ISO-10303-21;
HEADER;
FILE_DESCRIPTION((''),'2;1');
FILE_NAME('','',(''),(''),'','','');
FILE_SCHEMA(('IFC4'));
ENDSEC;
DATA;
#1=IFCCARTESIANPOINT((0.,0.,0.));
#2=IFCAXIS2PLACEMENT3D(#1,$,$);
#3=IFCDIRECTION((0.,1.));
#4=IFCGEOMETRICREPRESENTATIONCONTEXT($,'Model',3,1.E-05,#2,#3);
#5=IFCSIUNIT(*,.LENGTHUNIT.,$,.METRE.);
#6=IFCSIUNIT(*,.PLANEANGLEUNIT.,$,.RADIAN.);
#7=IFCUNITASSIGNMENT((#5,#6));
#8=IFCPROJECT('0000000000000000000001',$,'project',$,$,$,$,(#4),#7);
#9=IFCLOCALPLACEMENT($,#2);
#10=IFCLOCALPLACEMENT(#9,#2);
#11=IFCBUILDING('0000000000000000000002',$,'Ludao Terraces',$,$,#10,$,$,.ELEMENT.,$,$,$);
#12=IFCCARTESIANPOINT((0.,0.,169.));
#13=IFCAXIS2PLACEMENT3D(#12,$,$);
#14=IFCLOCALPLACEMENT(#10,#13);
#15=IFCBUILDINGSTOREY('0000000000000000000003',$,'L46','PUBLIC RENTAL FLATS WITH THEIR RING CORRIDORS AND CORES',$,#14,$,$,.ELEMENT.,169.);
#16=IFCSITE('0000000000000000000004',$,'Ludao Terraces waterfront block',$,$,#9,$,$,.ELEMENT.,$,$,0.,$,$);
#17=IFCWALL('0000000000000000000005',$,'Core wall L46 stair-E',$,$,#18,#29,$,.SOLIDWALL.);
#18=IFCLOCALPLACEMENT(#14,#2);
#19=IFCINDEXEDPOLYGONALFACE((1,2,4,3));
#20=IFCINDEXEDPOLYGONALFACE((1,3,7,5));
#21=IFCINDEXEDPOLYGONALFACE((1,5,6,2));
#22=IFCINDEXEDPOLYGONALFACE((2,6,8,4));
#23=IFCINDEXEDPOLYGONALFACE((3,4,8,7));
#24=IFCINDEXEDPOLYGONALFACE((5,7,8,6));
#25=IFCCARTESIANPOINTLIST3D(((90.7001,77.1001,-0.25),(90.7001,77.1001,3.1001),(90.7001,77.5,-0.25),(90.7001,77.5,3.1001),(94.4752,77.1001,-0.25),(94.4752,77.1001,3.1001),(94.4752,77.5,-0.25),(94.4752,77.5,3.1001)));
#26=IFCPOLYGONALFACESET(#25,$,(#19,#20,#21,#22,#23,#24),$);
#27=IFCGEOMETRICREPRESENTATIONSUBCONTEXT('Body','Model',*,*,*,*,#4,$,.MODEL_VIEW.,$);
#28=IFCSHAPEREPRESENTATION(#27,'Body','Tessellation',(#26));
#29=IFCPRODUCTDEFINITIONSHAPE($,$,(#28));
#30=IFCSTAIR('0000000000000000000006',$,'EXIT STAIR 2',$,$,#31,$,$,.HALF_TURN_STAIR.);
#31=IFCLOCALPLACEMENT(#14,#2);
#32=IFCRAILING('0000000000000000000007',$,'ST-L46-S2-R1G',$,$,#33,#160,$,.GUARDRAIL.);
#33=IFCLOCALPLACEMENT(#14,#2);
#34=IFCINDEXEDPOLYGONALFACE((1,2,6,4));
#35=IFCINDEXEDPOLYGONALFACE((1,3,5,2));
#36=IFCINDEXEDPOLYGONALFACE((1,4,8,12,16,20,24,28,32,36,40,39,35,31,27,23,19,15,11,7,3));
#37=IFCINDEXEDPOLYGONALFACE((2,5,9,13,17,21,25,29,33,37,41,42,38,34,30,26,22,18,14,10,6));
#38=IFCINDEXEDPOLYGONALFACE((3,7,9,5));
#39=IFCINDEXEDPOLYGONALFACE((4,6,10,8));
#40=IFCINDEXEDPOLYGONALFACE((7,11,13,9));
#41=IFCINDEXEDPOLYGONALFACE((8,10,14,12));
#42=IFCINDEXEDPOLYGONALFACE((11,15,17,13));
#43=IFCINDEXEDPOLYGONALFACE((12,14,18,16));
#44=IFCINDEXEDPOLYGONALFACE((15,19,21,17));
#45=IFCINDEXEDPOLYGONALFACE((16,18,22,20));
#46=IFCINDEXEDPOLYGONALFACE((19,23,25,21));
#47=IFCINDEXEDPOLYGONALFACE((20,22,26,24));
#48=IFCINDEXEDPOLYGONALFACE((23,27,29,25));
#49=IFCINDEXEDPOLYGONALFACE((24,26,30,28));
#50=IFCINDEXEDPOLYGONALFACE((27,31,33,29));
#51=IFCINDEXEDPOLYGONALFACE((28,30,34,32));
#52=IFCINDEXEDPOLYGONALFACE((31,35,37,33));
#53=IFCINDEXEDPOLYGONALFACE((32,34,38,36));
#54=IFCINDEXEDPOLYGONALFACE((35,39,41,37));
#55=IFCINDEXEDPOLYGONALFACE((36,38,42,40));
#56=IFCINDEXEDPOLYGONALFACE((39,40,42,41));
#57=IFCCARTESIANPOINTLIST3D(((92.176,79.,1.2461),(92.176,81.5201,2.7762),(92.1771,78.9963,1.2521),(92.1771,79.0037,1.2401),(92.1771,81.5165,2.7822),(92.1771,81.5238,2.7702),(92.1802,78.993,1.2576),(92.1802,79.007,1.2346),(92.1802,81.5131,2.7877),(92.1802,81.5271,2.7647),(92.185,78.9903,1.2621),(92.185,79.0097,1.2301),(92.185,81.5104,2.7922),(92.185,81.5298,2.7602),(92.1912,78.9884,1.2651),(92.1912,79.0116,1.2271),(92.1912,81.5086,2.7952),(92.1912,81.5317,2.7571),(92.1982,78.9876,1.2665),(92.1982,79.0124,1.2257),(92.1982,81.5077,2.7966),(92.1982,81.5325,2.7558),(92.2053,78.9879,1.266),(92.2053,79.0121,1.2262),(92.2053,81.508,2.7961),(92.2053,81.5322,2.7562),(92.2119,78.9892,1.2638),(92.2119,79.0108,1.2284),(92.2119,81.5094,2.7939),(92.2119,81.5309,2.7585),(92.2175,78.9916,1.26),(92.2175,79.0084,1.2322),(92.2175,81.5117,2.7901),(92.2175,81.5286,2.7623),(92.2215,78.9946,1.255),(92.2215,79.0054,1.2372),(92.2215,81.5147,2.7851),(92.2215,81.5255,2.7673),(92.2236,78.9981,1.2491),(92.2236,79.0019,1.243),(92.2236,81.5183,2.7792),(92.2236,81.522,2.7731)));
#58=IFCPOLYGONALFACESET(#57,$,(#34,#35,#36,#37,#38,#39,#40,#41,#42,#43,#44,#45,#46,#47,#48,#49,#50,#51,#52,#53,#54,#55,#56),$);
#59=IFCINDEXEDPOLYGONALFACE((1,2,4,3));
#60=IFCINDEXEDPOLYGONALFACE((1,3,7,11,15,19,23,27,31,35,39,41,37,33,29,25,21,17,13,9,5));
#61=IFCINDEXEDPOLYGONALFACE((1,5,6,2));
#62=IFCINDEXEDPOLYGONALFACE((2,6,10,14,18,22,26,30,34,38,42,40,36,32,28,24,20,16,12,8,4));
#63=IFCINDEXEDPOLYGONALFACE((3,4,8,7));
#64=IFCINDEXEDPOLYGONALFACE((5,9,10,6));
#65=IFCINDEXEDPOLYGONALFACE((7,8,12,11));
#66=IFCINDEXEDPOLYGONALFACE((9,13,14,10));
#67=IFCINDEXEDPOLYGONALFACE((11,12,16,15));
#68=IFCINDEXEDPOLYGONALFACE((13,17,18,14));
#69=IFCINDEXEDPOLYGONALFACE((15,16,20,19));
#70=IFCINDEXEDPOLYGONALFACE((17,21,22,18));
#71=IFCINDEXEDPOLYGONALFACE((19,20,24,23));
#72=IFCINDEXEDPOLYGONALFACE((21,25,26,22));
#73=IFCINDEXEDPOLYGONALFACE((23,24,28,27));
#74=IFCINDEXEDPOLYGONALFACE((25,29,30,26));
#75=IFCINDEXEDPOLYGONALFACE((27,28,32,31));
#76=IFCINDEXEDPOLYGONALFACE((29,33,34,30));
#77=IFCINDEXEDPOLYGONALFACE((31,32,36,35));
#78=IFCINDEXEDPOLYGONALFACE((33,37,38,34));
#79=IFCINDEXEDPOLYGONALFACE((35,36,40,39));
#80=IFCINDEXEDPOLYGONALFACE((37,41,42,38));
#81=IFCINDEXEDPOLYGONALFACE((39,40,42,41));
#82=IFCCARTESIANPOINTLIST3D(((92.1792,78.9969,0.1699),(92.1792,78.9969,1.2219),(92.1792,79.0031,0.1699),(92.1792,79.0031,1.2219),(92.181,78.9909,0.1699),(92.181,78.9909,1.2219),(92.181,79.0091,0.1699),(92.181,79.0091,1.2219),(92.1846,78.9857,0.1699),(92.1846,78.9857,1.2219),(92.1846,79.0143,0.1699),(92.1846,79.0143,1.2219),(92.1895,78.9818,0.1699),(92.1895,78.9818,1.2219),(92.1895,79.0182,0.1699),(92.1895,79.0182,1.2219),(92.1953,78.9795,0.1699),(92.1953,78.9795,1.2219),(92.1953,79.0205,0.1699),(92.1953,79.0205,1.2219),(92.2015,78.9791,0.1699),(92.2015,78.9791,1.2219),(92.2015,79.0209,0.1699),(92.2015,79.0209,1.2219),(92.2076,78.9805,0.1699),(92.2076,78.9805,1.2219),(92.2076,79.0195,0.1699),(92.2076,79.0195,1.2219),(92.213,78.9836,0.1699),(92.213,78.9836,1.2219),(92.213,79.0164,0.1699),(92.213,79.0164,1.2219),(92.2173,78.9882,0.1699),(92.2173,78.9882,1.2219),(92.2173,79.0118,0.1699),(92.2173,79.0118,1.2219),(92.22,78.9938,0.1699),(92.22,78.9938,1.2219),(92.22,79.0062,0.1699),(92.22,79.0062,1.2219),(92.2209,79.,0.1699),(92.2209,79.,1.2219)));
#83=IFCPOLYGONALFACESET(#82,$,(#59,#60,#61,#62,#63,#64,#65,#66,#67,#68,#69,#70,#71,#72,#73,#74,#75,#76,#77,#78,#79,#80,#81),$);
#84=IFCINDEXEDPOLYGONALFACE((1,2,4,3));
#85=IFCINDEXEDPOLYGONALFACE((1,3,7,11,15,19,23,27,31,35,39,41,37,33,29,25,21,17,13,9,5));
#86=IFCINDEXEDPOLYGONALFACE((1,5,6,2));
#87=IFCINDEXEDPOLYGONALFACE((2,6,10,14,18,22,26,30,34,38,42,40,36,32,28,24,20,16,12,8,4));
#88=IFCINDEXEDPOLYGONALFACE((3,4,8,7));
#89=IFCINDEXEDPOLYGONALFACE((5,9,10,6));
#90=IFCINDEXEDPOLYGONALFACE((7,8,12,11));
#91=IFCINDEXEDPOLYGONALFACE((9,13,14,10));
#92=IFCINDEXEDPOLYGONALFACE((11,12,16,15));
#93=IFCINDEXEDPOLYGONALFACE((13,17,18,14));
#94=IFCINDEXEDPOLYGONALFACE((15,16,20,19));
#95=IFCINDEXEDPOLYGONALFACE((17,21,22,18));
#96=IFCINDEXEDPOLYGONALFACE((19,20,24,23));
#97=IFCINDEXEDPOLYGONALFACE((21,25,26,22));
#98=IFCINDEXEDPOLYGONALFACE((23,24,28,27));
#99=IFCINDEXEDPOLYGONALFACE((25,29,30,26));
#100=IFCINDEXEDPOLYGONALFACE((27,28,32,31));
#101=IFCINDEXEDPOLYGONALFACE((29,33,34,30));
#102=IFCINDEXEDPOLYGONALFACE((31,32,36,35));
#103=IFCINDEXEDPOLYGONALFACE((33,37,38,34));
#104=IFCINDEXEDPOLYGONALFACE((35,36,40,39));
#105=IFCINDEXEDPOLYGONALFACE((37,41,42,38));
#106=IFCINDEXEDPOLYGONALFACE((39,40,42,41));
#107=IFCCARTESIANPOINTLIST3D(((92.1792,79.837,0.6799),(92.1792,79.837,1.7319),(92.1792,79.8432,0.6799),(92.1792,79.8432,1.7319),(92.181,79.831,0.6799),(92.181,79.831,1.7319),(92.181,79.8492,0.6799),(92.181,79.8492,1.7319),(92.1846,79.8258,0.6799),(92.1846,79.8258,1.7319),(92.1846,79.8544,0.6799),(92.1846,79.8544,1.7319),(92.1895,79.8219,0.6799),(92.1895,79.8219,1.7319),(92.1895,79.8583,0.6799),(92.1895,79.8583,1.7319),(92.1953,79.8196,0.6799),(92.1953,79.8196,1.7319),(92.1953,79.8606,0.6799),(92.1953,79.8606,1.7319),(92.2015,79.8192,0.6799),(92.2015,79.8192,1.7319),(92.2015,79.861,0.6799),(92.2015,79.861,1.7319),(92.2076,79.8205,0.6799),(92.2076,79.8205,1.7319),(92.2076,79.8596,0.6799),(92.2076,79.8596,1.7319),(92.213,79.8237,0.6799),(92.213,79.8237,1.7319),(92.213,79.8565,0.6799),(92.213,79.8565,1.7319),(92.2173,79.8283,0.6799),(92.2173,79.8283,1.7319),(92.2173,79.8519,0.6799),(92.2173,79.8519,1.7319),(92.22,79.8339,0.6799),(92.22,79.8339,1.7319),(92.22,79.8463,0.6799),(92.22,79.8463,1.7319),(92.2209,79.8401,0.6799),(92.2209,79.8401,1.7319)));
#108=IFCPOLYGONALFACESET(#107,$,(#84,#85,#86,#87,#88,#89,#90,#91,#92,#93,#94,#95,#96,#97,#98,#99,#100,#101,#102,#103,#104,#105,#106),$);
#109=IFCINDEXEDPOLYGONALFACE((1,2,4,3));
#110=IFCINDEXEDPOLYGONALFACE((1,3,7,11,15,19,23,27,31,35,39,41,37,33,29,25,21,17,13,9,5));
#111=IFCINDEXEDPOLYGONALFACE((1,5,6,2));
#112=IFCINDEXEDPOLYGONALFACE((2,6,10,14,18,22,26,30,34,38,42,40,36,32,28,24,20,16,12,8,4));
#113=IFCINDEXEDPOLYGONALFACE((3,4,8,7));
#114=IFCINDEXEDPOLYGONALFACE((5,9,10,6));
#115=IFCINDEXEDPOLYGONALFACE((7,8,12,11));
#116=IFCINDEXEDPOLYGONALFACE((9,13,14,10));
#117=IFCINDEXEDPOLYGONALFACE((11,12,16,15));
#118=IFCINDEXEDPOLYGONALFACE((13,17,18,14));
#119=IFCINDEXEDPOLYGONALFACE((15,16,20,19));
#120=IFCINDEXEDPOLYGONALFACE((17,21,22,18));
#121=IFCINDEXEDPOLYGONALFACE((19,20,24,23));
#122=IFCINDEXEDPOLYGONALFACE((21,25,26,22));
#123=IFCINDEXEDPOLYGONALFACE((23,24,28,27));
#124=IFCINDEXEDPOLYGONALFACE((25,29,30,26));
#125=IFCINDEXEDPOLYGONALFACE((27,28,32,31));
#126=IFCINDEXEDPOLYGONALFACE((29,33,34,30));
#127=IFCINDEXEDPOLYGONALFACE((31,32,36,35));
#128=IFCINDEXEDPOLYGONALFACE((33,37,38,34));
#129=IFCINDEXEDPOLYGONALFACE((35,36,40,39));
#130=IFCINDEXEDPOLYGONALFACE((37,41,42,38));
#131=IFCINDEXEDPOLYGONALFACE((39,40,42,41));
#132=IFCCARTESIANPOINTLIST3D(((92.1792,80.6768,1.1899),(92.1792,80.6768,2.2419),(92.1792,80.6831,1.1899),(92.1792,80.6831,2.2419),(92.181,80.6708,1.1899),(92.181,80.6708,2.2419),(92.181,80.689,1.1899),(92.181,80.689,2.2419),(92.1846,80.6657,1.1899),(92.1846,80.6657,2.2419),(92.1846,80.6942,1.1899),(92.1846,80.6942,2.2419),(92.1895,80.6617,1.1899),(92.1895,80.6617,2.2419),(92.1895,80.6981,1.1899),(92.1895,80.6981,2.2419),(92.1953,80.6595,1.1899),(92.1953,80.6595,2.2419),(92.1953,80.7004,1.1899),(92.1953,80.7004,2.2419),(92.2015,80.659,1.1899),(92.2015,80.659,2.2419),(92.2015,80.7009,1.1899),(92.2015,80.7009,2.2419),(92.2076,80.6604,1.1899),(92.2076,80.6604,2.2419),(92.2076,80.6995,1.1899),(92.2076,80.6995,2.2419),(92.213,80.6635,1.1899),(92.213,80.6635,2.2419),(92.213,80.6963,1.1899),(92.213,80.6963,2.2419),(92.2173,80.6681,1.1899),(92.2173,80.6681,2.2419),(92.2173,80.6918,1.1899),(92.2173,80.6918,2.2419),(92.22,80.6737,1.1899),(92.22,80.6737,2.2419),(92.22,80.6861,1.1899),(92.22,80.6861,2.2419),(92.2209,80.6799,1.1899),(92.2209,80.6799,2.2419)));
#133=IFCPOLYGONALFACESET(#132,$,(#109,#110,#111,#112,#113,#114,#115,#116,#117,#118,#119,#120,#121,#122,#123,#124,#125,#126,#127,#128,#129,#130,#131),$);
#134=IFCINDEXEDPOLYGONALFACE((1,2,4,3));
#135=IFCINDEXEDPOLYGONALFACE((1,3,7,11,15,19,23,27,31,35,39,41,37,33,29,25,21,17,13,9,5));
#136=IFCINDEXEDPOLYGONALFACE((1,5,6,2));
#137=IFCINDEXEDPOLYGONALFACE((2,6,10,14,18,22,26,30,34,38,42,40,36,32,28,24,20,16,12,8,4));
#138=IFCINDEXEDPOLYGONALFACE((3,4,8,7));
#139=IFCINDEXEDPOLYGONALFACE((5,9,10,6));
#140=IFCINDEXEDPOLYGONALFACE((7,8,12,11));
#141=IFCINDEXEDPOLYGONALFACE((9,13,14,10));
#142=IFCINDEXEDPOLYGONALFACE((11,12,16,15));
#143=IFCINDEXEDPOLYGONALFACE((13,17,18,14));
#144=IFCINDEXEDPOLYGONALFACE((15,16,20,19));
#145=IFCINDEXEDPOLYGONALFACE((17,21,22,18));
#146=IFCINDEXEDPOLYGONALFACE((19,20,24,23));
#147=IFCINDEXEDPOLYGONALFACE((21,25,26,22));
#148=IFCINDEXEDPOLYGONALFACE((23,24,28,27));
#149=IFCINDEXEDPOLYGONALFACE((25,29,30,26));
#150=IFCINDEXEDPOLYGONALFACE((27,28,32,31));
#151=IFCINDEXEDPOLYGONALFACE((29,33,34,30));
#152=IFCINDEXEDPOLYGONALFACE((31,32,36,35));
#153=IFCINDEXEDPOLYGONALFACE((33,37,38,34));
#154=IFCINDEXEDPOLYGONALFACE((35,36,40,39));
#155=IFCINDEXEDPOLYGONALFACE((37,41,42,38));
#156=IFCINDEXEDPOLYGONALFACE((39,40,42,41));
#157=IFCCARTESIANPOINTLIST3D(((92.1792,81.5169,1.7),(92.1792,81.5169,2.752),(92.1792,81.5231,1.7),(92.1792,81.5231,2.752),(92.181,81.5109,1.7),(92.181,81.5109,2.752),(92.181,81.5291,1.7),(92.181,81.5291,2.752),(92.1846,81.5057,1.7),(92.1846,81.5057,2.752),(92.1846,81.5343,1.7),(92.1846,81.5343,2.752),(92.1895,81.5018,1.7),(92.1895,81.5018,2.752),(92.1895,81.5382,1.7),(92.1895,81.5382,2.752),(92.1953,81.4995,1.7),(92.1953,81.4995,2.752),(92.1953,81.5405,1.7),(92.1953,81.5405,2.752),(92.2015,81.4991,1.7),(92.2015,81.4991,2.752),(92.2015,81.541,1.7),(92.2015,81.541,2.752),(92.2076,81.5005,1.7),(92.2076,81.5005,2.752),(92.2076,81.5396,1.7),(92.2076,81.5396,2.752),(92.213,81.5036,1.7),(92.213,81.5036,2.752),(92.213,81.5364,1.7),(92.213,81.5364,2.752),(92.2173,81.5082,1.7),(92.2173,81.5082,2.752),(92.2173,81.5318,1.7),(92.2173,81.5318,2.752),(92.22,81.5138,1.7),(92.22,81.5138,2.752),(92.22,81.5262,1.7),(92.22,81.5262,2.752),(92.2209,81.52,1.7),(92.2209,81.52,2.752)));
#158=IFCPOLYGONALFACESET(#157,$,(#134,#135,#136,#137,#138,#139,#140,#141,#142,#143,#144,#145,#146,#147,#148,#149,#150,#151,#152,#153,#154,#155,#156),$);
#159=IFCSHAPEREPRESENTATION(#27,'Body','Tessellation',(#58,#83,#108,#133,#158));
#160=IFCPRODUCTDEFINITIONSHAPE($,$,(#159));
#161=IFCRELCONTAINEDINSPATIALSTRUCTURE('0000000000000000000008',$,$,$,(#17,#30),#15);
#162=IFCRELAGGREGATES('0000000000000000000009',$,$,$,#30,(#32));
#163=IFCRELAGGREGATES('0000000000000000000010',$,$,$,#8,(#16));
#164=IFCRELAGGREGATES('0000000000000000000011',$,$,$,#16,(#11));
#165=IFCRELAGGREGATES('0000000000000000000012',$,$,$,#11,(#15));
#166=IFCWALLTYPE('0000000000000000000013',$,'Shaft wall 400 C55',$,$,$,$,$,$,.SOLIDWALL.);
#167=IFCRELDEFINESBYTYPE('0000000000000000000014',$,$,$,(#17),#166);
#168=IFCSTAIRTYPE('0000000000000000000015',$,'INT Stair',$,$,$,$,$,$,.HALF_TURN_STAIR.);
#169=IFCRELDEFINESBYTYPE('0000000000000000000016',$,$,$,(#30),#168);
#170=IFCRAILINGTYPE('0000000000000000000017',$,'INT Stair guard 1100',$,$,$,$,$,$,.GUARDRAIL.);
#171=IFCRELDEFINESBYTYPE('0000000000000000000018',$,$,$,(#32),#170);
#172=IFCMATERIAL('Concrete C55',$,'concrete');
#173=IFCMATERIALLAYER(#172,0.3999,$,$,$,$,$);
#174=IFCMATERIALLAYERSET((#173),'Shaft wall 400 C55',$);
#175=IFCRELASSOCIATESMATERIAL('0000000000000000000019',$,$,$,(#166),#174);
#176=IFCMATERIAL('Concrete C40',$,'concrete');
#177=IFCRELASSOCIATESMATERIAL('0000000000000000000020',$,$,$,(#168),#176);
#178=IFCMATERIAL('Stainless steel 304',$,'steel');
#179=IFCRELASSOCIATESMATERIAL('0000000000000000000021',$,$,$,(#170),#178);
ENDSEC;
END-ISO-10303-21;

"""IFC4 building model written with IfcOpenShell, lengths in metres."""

from ifc_helpers import new_model, si_unit, direction, frame, frame_2d, origin, origin_2d, place, context, subcontext, project, spatial, rectangle, circle, extrude, material, layer, layer_set, type_object, element, aggregate, save


model = new_model("IFC4")

# Units and contexts
model_context = context("Model", 3, precision=1e-05, world=origin(), true_north=direction((0.0, 1.0)))
body_context = subcontext(model_context, "Body", "Model", "MODEL_VIEW")
ifc_project = project(units=[si_unit("LENGTHUNIT", "METRE"), si_unit("PLANEANGLEUNIT", "RADIAN")], contexts=[model_context])

# Site, building, storey
site_placement = place(None, origin())
site = spatial("IfcSite", under=ifc_project, at=site_placement, Name="Ludao Terraces waterfront block", CompositionType="ELEMENT", RefElevation=0.0)
building_placement = place(site_placement, origin())
building = spatial("IfcBuilding", under=site, at=building_placement, Name="Ludao Terraces", CompositionType="ELEMENT")
storey_placement = place(building_placement, frame((0.0, 0.0, 169.0)))
storey = spatial("IfcBuildingStorey", under=building, at=storey_placement, Name="L46", Description="PUBLIC RENTAL FLATS WITH THEIR RING CORRIDORS AND CORES", CompositionType="ELEMENT", Elevation=169.0)

# Shared definitions
ifc_material_1 = material(Name="Concrete C55", Category="concrete")

# Shared definitions
ifc_material_2 = material(Name="Stainless steel 304", Category="steel")

# Wall
ifc_layer_1 = layer(ifc_material_1, 0.3999)
ifc_layer_set_1 = layer_set([ifc_layer_1], Name="Shaft wall 400 C55")
wall_type_1 = type_object("IfcWallType", Name="Shaft wall 400 C55", PredefinedType="SOLIDWALL", material=ifc_layer_set_1)
wall_1_placement = place(storey_placement, frame((90.7, 77.3, -0.25), z_axis=(0.0, 0.0, 1.0), x_axis=(1.0, 0.0, 0.0)))
element("IfcWall", 1, at=wall_1_placement, inside=storey, type_object=wall_type_1, Name="Core wall L46 stair-E", PredefinedType="SOLIDWALL", context=body_context, shape_type="SweptSolid", body=[
    extrude(rectangle(XDim=3.7751, YDim=0.3999, at=frame_2d((1.8877, 0.0))), origin(), (0.0, 0.0, 1.0), 3.3501),
])

# Stair, railing
ifc_material_3 = material(Name="Concrete C40", Category="concrete")
stair_type = type_object("IfcStairType", Name="INT Stair", PredefinedType="HALF_TURN_STAIR", material=ifc_material_3)
stair_placement = place(storey_placement, origin())
stair = element("IfcStair", 2, at=stair_placement, inside=storey, type_object=stair_type, Name="EXIT STAIR 2", PredefinedType="HALF_TURN_STAIR")
railing_type_1 = type_object("IfcRailingType", Name="INT Stair guard 1100", PredefinedType="GUARDRAIL", material=ifc_material_2)
railing_1_placement = place(storey_placement, frame((92.2, 79.0, 0.1699)))
railing_1 = element("IfcRailing", 3, at=railing_1_placement, type_object=railing_type_1, Name="ST-L46-S2-R1G", PredefinedType="GUARDRAIL", context=body_context, shape_type="SweptSolid", body=[
    extrude(circle(Radius=0.0239, at=origin_2d()), frame((0.0, 0.0, 1.0762), z_axis=(0.0, 0.854785, 0.518982), x_axis=(-1.0, 0.0, 0.0)), (0.0, 0.0, 1.0), 2.9482),
    extrude(circle(Radius=0.021, at=origin_2d()), origin(), (0.0, 0.0, 1.0), 1.052),
    extrude(circle(Radius=0.021, at=origin_2d()), frame((0.0, 0.8401, 0.51)), (0.0, 0.0, 1.0), 1.052),
    extrude(circle(Radius=0.021, at=origin_2d()), frame((0.0, 1.6799, 1.02)), (0.0, 0.0, 1.0), 1.052),
    extrude(circle(Radius=0.021, at=origin_2d()), frame((0.0, 2.52, 1.53)), (0.0, 0.0, 1.0), 1.052),
])
aggregate(stair, [railing_1])

save(model, "model.ifc")
